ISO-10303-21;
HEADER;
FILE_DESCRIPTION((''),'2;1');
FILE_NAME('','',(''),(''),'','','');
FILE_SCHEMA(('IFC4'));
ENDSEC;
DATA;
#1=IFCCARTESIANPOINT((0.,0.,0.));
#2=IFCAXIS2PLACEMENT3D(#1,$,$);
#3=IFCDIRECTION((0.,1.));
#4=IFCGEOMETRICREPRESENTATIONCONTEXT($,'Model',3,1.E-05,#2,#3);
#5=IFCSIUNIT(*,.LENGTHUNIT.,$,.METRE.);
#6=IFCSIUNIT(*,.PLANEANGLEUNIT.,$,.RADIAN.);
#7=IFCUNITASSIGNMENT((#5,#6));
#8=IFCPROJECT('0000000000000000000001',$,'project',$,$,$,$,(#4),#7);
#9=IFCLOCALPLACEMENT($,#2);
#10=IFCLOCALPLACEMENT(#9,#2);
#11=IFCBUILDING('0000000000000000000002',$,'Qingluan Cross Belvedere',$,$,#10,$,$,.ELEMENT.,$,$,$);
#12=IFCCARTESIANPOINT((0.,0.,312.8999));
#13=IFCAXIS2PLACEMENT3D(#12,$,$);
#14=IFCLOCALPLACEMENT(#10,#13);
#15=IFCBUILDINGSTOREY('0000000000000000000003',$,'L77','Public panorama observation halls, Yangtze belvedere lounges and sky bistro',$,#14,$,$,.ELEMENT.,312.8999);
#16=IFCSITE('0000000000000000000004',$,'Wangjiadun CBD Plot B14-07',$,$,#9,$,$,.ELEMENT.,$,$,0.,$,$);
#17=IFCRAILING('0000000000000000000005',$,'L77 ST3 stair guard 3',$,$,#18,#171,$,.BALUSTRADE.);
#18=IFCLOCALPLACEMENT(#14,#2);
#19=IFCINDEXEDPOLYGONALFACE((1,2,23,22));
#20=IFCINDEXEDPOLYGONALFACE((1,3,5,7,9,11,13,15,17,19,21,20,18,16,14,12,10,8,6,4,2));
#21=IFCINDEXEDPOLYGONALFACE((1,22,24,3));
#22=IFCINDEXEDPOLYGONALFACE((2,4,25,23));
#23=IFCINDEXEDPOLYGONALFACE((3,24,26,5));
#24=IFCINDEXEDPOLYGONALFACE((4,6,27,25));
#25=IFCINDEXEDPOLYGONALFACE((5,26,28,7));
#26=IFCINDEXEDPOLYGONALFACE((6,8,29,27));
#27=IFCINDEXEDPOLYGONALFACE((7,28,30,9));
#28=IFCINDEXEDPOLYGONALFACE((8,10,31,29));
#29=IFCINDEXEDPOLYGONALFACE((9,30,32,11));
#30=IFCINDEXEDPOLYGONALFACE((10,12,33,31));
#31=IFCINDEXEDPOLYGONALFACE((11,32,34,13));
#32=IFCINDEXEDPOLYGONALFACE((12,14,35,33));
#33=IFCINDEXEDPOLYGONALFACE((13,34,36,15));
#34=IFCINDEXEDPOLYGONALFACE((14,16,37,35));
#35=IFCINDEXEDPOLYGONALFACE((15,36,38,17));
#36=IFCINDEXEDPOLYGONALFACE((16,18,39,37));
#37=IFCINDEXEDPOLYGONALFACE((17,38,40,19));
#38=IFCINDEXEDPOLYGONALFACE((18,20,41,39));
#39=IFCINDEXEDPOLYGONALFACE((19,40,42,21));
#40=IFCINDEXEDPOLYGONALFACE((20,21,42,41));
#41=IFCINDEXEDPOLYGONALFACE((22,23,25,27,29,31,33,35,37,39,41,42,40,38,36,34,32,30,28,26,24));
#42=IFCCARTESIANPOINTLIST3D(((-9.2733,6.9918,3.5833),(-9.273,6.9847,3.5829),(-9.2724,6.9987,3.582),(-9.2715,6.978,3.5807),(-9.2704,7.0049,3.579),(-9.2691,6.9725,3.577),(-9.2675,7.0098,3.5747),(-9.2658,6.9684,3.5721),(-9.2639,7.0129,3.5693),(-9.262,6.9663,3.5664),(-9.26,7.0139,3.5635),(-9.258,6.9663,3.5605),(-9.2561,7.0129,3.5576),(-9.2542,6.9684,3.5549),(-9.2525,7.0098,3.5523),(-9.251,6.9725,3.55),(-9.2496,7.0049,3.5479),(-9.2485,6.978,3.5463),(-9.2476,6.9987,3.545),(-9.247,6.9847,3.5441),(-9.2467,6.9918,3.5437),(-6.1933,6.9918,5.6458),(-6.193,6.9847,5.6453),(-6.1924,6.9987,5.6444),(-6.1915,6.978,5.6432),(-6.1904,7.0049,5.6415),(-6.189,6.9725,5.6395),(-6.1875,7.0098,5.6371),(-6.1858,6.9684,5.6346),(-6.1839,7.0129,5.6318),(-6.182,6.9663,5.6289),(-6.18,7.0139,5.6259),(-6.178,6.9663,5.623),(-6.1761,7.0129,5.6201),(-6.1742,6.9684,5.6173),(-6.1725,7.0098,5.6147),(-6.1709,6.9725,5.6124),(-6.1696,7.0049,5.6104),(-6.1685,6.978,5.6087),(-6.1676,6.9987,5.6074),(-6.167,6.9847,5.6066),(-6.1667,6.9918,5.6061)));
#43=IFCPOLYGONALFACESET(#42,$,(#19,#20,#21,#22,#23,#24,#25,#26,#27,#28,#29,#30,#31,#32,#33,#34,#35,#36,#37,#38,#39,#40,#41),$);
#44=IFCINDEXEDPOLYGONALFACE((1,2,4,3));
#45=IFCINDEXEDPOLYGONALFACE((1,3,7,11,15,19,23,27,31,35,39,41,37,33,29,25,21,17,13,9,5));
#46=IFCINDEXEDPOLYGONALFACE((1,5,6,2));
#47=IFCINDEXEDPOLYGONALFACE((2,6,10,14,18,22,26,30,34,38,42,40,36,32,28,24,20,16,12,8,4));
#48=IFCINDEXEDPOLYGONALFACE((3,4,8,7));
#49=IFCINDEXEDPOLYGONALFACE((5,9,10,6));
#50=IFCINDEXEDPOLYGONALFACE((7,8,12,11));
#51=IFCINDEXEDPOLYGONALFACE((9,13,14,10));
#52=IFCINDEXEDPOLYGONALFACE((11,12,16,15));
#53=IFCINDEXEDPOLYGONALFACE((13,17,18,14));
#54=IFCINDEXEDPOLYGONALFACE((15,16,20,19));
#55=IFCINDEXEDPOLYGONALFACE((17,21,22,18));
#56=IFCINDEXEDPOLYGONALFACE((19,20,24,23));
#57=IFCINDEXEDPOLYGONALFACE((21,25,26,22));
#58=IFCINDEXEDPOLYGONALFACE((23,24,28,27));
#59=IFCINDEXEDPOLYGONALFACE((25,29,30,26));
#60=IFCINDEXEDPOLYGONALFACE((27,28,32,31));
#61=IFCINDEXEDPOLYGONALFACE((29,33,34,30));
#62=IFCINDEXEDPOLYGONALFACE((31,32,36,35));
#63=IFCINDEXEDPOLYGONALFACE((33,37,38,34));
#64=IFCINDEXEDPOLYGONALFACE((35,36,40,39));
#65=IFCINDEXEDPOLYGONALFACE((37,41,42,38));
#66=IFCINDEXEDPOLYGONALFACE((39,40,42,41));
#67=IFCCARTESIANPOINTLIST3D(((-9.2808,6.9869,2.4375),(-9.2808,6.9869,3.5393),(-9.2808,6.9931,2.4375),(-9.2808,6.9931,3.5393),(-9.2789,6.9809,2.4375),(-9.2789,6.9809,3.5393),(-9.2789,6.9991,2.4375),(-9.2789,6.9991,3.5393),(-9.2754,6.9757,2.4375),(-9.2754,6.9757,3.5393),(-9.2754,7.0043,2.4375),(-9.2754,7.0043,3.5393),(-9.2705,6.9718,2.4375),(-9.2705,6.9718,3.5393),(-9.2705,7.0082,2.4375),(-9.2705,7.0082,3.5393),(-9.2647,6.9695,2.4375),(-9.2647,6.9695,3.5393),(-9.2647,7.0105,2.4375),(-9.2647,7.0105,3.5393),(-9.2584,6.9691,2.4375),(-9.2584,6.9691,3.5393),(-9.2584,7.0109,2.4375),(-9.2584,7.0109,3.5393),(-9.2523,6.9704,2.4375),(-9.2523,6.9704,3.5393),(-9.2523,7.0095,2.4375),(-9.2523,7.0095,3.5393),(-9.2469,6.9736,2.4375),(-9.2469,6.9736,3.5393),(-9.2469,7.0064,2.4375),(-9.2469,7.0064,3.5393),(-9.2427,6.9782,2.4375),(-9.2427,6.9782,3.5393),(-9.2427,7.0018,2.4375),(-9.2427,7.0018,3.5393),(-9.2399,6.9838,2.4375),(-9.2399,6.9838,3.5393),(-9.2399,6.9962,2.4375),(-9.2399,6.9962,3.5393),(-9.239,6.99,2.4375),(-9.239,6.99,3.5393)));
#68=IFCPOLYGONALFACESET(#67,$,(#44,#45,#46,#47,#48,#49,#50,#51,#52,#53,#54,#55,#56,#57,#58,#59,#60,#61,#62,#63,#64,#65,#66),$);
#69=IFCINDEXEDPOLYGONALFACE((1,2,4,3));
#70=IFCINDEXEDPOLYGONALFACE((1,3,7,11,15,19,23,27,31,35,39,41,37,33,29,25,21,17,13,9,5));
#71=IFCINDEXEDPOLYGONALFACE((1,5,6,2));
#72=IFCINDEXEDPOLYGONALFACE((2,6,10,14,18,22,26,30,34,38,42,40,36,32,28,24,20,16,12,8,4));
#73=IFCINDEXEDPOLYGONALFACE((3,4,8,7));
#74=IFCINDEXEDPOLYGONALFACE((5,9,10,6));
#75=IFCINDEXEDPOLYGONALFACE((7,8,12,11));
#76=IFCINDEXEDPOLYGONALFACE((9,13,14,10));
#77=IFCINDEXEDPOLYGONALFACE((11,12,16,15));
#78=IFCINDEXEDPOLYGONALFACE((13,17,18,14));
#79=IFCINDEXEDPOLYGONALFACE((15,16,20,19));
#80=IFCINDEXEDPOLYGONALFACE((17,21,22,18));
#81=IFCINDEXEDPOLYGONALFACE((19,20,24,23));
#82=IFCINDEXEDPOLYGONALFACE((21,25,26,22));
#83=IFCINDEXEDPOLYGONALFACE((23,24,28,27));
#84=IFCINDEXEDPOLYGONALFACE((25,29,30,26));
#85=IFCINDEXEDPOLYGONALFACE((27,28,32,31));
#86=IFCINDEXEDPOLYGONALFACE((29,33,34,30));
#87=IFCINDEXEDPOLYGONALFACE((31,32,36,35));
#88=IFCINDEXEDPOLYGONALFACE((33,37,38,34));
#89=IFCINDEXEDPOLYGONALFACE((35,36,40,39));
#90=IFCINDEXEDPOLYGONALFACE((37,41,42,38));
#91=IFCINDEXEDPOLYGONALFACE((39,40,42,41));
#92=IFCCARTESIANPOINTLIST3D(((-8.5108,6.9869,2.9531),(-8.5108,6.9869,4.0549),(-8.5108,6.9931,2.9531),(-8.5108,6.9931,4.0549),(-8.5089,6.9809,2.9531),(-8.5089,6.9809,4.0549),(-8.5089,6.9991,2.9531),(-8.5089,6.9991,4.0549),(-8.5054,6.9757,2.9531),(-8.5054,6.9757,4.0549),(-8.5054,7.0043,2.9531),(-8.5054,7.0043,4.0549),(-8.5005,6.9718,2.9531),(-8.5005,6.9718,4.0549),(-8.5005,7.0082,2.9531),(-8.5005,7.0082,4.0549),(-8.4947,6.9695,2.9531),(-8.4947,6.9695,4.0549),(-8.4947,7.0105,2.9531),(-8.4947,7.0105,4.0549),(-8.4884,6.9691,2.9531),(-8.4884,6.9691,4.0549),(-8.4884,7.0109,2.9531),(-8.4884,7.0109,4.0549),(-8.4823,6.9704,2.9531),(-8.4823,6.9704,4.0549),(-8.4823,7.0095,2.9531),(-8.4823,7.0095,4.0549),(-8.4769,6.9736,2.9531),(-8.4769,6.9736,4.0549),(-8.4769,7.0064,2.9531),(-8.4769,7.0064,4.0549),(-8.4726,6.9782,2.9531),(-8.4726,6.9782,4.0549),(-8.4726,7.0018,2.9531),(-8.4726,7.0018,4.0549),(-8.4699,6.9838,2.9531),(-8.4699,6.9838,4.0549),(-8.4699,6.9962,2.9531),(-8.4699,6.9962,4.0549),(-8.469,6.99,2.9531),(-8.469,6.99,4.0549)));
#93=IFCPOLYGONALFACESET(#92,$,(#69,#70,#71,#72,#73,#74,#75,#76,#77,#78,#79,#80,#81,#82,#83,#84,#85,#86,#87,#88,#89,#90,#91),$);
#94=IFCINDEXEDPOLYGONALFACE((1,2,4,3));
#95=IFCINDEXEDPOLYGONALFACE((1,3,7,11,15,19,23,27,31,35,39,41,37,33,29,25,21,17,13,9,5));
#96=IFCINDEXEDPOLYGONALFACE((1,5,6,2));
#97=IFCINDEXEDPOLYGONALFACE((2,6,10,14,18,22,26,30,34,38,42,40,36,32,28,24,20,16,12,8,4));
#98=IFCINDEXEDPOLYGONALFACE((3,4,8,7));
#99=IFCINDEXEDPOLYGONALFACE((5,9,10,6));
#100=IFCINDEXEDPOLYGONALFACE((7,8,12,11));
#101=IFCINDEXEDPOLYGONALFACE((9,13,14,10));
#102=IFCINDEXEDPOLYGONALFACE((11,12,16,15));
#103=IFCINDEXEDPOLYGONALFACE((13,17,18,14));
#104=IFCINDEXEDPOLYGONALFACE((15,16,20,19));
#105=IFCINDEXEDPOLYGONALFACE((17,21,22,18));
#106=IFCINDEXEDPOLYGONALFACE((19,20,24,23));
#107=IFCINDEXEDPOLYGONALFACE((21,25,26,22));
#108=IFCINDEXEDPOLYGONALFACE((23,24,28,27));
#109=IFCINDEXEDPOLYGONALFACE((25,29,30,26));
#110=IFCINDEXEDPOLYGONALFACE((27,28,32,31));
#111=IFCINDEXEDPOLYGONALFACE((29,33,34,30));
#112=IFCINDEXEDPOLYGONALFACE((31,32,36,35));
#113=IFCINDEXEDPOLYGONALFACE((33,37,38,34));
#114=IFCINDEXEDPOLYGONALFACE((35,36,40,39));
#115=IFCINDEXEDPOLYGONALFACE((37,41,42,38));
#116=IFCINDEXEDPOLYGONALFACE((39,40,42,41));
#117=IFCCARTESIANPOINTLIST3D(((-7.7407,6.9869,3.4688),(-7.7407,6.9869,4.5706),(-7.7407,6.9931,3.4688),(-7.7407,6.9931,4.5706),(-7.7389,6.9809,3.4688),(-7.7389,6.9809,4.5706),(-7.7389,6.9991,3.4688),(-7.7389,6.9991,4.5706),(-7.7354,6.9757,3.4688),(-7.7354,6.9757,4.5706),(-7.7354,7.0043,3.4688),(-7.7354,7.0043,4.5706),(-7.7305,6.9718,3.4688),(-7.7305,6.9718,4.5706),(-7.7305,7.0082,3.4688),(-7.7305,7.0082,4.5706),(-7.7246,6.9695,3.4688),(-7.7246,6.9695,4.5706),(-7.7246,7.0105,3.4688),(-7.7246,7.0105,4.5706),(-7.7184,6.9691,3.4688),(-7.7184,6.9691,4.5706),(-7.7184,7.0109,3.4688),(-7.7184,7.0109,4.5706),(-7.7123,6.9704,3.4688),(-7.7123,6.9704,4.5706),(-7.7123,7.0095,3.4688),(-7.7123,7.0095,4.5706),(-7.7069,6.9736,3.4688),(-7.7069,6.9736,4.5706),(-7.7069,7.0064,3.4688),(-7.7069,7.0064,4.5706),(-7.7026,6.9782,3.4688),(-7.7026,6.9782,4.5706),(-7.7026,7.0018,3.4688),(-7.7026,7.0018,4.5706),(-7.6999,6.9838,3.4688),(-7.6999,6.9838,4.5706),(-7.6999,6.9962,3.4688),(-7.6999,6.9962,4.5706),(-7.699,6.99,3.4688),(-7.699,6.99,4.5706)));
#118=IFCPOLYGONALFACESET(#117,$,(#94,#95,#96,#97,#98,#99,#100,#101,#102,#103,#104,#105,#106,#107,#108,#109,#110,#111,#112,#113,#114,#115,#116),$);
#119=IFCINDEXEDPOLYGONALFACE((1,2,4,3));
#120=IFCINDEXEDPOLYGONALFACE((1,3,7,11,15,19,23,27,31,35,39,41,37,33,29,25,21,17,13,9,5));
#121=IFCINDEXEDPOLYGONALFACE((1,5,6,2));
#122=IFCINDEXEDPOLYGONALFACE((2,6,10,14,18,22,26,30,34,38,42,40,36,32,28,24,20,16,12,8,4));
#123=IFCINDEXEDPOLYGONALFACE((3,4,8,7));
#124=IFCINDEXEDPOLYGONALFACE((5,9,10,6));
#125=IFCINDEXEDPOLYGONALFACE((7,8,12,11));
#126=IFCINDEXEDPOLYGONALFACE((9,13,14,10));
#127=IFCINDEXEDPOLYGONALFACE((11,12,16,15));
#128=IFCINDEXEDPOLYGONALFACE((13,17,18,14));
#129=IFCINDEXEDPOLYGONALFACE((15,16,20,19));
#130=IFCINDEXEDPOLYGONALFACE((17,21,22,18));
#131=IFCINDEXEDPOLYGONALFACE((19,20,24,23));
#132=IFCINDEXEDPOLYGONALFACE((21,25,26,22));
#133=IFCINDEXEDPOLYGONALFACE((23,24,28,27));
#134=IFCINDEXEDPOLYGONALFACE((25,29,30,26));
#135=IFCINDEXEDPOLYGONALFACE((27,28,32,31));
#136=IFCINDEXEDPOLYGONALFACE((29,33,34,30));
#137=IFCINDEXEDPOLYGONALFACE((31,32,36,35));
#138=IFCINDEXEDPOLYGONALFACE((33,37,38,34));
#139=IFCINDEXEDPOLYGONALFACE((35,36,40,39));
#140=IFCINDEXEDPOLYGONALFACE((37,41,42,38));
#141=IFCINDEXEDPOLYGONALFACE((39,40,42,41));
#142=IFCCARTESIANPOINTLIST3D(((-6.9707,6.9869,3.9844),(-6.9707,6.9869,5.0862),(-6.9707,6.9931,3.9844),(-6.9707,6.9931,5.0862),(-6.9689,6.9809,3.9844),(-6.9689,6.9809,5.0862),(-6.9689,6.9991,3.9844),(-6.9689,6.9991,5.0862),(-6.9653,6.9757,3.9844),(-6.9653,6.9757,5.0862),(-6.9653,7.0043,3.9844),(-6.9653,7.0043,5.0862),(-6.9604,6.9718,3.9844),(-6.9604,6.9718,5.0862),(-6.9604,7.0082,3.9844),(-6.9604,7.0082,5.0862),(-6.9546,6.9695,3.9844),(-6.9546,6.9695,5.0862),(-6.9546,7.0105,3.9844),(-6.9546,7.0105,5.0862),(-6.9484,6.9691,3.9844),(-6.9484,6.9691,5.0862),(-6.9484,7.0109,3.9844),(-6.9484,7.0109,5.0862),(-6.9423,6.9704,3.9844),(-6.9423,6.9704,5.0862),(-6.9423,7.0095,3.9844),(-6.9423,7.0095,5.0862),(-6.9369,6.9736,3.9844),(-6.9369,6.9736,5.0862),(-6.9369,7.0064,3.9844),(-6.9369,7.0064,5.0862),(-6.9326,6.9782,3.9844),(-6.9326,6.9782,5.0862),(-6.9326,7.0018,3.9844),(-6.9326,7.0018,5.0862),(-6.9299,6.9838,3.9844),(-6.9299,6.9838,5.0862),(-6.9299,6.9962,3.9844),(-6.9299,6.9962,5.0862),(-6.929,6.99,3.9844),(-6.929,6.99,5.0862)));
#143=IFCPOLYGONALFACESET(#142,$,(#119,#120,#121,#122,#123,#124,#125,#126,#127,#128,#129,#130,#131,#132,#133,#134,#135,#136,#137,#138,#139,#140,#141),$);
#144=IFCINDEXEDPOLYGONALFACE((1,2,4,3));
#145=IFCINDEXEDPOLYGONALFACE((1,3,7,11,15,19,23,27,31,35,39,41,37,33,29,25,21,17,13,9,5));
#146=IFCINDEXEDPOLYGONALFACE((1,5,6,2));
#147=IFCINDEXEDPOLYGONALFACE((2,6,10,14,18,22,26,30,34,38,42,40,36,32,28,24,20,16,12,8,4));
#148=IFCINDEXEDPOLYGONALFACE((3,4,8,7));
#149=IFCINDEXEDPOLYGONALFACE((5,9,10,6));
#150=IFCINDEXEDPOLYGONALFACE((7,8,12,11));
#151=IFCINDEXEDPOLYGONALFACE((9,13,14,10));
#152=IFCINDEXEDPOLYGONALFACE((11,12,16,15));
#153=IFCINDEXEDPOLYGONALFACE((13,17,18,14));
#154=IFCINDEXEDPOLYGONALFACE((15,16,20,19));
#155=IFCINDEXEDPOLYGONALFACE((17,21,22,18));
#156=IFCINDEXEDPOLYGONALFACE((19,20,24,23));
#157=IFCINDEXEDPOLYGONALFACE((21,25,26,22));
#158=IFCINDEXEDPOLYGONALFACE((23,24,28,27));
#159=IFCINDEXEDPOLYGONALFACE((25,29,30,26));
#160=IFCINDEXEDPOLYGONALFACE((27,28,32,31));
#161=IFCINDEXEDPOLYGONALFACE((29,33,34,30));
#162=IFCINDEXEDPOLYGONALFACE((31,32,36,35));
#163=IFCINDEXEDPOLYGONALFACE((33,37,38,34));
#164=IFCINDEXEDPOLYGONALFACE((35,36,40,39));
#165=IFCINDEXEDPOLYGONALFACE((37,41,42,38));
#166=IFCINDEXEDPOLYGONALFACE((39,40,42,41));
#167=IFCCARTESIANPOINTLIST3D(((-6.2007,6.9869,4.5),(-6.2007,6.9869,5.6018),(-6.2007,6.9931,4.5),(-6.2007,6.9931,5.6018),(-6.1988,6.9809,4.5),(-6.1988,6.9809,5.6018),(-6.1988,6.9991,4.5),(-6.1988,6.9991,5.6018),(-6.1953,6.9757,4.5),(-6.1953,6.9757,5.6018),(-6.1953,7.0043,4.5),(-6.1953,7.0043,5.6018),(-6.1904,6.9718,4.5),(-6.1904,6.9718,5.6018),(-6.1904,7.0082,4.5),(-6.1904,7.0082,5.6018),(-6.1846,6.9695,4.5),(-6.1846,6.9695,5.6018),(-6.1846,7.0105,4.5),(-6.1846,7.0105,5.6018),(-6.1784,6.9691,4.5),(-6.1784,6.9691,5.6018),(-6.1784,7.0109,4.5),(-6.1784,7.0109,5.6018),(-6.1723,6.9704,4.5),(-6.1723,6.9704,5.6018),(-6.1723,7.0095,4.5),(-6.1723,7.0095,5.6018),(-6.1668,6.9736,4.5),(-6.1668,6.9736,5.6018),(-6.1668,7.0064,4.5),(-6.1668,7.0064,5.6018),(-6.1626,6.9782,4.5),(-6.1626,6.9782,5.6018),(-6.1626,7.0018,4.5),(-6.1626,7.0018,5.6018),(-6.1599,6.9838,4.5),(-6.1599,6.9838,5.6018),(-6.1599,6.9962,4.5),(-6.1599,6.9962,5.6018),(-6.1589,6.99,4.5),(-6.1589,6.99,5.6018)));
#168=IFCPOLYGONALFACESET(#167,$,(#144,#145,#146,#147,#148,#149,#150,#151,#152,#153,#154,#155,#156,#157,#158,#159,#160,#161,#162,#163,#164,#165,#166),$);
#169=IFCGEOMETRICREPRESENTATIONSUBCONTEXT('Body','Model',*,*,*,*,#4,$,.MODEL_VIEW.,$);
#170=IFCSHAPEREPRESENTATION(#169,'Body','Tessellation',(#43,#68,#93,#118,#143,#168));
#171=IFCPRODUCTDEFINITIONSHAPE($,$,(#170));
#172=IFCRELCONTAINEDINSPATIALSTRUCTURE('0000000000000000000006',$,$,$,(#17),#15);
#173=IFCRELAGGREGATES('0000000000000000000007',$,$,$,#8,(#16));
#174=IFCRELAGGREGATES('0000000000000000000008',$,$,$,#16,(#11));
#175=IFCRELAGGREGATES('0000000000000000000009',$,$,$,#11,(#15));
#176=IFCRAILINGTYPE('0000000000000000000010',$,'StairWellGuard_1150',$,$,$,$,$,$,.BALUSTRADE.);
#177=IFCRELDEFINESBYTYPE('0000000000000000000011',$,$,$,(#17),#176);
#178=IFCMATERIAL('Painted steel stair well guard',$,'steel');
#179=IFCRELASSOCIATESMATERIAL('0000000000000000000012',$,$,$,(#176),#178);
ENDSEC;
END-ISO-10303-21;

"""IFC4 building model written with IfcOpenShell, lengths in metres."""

from ifc_helpers import new_model, si_unit, direction, frame, origin, origin_2d, place, context, subcontext, project, spatial, circle, extrude, material, type_object, element, save


model = new_model("IFC4")

# Units and contexts
model_context = context("Model", 3, precision=1e-05, world=origin(), true_north=direction((0.0, 1.0)))
body_context = subcontext(model_context, "Body", "Model", "MODEL_VIEW")
ifc_project = project(units=[si_unit("LENGTHUNIT", "METRE"), si_unit("PLANEANGLEUNIT", "RADIAN")], contexts=[model_context])

# Site, building, storey
site_placement = place(None, origin())
site = spatial("IfcSite", under=ifc_project, at=site_placement, Name="Wangjiadun CBD Plot B14-07", CompositionType="ELEMENT", RefElevation=0.0)
building_placement = place(site_placement, origin())
building = spatial("IfcBuilding", under=site, at=building_placement, Name="Qingluan Cross Belvedere", CompositionType="ELEMENT")
storey_placement = place(building_placement, frame((0.0, 0.0, 312.8999)))
storey = spatial("IfcBuildingStorey", under=building, at=storey_placement, Name="L77", Description="Public panorama observation halls, Yangtze belvedere lounges and sky bistro", CompositionType="ELEMENT", Elevation=312.8999)

# Railing
ifc_material_1 = material(Name="Painted steel stair well guard", Category="steel")
railing_type_1 = type_object("IfcRailingType", Name="StairWellGuard_1150", PredefinedType="BALUSTRADE", material=ifc_material_1)
railing_1_placement = place(storey_placement, frame((-9.26, 6.99, 2.4375)))
element("IfcRailing", 1, at=railing_1_placement, inside=storey, type_object=railing_type_1, Name="L77 ST3 stair guard 3", PredefinedType="BALUSTRADE", context=body_context, shape_type="SweptSolid", body=[
    extrude(circle(Radius=0.0239, at=origin_2d()), frame((0.0, 0.0, 1.126), z_axis=(0.830914, 0.0, 0.556401), x_axis=(0.0, 1.0, 0.0)), (0.0, 0.0, 1.0), 3.7068),
    extrude(circle(Radius=0.021, at=origin_2d()), origin(), (0.0, 0.0, 1.0), 1.1018),
    extrude(circle(Radius=0.021, at=origin_2d()), frame((0.77, 0.0, 0.5156)), (0.0, 0.0, 1.0), 1.1018),
    extrude(circle(Radius=0.021, at=origin_2d()), frame((1.54, 0.0, 1.0312)), (0.0, 0.0, 1.0), 1.1018),
    extrude(circle(Radius=0.021, at=origin_2d()), frame((2.3101, 0.0, 1.5469)), (0.0, 0.0, 1.0), 1.1018),
    extrude(circle(Radius=0.021, at=origin_2d()), frame((3.0801, 0.0, 2.0625)), (0.0, 0.0, 1.0), 1.1018),
])

save(model, "model.ifc")
